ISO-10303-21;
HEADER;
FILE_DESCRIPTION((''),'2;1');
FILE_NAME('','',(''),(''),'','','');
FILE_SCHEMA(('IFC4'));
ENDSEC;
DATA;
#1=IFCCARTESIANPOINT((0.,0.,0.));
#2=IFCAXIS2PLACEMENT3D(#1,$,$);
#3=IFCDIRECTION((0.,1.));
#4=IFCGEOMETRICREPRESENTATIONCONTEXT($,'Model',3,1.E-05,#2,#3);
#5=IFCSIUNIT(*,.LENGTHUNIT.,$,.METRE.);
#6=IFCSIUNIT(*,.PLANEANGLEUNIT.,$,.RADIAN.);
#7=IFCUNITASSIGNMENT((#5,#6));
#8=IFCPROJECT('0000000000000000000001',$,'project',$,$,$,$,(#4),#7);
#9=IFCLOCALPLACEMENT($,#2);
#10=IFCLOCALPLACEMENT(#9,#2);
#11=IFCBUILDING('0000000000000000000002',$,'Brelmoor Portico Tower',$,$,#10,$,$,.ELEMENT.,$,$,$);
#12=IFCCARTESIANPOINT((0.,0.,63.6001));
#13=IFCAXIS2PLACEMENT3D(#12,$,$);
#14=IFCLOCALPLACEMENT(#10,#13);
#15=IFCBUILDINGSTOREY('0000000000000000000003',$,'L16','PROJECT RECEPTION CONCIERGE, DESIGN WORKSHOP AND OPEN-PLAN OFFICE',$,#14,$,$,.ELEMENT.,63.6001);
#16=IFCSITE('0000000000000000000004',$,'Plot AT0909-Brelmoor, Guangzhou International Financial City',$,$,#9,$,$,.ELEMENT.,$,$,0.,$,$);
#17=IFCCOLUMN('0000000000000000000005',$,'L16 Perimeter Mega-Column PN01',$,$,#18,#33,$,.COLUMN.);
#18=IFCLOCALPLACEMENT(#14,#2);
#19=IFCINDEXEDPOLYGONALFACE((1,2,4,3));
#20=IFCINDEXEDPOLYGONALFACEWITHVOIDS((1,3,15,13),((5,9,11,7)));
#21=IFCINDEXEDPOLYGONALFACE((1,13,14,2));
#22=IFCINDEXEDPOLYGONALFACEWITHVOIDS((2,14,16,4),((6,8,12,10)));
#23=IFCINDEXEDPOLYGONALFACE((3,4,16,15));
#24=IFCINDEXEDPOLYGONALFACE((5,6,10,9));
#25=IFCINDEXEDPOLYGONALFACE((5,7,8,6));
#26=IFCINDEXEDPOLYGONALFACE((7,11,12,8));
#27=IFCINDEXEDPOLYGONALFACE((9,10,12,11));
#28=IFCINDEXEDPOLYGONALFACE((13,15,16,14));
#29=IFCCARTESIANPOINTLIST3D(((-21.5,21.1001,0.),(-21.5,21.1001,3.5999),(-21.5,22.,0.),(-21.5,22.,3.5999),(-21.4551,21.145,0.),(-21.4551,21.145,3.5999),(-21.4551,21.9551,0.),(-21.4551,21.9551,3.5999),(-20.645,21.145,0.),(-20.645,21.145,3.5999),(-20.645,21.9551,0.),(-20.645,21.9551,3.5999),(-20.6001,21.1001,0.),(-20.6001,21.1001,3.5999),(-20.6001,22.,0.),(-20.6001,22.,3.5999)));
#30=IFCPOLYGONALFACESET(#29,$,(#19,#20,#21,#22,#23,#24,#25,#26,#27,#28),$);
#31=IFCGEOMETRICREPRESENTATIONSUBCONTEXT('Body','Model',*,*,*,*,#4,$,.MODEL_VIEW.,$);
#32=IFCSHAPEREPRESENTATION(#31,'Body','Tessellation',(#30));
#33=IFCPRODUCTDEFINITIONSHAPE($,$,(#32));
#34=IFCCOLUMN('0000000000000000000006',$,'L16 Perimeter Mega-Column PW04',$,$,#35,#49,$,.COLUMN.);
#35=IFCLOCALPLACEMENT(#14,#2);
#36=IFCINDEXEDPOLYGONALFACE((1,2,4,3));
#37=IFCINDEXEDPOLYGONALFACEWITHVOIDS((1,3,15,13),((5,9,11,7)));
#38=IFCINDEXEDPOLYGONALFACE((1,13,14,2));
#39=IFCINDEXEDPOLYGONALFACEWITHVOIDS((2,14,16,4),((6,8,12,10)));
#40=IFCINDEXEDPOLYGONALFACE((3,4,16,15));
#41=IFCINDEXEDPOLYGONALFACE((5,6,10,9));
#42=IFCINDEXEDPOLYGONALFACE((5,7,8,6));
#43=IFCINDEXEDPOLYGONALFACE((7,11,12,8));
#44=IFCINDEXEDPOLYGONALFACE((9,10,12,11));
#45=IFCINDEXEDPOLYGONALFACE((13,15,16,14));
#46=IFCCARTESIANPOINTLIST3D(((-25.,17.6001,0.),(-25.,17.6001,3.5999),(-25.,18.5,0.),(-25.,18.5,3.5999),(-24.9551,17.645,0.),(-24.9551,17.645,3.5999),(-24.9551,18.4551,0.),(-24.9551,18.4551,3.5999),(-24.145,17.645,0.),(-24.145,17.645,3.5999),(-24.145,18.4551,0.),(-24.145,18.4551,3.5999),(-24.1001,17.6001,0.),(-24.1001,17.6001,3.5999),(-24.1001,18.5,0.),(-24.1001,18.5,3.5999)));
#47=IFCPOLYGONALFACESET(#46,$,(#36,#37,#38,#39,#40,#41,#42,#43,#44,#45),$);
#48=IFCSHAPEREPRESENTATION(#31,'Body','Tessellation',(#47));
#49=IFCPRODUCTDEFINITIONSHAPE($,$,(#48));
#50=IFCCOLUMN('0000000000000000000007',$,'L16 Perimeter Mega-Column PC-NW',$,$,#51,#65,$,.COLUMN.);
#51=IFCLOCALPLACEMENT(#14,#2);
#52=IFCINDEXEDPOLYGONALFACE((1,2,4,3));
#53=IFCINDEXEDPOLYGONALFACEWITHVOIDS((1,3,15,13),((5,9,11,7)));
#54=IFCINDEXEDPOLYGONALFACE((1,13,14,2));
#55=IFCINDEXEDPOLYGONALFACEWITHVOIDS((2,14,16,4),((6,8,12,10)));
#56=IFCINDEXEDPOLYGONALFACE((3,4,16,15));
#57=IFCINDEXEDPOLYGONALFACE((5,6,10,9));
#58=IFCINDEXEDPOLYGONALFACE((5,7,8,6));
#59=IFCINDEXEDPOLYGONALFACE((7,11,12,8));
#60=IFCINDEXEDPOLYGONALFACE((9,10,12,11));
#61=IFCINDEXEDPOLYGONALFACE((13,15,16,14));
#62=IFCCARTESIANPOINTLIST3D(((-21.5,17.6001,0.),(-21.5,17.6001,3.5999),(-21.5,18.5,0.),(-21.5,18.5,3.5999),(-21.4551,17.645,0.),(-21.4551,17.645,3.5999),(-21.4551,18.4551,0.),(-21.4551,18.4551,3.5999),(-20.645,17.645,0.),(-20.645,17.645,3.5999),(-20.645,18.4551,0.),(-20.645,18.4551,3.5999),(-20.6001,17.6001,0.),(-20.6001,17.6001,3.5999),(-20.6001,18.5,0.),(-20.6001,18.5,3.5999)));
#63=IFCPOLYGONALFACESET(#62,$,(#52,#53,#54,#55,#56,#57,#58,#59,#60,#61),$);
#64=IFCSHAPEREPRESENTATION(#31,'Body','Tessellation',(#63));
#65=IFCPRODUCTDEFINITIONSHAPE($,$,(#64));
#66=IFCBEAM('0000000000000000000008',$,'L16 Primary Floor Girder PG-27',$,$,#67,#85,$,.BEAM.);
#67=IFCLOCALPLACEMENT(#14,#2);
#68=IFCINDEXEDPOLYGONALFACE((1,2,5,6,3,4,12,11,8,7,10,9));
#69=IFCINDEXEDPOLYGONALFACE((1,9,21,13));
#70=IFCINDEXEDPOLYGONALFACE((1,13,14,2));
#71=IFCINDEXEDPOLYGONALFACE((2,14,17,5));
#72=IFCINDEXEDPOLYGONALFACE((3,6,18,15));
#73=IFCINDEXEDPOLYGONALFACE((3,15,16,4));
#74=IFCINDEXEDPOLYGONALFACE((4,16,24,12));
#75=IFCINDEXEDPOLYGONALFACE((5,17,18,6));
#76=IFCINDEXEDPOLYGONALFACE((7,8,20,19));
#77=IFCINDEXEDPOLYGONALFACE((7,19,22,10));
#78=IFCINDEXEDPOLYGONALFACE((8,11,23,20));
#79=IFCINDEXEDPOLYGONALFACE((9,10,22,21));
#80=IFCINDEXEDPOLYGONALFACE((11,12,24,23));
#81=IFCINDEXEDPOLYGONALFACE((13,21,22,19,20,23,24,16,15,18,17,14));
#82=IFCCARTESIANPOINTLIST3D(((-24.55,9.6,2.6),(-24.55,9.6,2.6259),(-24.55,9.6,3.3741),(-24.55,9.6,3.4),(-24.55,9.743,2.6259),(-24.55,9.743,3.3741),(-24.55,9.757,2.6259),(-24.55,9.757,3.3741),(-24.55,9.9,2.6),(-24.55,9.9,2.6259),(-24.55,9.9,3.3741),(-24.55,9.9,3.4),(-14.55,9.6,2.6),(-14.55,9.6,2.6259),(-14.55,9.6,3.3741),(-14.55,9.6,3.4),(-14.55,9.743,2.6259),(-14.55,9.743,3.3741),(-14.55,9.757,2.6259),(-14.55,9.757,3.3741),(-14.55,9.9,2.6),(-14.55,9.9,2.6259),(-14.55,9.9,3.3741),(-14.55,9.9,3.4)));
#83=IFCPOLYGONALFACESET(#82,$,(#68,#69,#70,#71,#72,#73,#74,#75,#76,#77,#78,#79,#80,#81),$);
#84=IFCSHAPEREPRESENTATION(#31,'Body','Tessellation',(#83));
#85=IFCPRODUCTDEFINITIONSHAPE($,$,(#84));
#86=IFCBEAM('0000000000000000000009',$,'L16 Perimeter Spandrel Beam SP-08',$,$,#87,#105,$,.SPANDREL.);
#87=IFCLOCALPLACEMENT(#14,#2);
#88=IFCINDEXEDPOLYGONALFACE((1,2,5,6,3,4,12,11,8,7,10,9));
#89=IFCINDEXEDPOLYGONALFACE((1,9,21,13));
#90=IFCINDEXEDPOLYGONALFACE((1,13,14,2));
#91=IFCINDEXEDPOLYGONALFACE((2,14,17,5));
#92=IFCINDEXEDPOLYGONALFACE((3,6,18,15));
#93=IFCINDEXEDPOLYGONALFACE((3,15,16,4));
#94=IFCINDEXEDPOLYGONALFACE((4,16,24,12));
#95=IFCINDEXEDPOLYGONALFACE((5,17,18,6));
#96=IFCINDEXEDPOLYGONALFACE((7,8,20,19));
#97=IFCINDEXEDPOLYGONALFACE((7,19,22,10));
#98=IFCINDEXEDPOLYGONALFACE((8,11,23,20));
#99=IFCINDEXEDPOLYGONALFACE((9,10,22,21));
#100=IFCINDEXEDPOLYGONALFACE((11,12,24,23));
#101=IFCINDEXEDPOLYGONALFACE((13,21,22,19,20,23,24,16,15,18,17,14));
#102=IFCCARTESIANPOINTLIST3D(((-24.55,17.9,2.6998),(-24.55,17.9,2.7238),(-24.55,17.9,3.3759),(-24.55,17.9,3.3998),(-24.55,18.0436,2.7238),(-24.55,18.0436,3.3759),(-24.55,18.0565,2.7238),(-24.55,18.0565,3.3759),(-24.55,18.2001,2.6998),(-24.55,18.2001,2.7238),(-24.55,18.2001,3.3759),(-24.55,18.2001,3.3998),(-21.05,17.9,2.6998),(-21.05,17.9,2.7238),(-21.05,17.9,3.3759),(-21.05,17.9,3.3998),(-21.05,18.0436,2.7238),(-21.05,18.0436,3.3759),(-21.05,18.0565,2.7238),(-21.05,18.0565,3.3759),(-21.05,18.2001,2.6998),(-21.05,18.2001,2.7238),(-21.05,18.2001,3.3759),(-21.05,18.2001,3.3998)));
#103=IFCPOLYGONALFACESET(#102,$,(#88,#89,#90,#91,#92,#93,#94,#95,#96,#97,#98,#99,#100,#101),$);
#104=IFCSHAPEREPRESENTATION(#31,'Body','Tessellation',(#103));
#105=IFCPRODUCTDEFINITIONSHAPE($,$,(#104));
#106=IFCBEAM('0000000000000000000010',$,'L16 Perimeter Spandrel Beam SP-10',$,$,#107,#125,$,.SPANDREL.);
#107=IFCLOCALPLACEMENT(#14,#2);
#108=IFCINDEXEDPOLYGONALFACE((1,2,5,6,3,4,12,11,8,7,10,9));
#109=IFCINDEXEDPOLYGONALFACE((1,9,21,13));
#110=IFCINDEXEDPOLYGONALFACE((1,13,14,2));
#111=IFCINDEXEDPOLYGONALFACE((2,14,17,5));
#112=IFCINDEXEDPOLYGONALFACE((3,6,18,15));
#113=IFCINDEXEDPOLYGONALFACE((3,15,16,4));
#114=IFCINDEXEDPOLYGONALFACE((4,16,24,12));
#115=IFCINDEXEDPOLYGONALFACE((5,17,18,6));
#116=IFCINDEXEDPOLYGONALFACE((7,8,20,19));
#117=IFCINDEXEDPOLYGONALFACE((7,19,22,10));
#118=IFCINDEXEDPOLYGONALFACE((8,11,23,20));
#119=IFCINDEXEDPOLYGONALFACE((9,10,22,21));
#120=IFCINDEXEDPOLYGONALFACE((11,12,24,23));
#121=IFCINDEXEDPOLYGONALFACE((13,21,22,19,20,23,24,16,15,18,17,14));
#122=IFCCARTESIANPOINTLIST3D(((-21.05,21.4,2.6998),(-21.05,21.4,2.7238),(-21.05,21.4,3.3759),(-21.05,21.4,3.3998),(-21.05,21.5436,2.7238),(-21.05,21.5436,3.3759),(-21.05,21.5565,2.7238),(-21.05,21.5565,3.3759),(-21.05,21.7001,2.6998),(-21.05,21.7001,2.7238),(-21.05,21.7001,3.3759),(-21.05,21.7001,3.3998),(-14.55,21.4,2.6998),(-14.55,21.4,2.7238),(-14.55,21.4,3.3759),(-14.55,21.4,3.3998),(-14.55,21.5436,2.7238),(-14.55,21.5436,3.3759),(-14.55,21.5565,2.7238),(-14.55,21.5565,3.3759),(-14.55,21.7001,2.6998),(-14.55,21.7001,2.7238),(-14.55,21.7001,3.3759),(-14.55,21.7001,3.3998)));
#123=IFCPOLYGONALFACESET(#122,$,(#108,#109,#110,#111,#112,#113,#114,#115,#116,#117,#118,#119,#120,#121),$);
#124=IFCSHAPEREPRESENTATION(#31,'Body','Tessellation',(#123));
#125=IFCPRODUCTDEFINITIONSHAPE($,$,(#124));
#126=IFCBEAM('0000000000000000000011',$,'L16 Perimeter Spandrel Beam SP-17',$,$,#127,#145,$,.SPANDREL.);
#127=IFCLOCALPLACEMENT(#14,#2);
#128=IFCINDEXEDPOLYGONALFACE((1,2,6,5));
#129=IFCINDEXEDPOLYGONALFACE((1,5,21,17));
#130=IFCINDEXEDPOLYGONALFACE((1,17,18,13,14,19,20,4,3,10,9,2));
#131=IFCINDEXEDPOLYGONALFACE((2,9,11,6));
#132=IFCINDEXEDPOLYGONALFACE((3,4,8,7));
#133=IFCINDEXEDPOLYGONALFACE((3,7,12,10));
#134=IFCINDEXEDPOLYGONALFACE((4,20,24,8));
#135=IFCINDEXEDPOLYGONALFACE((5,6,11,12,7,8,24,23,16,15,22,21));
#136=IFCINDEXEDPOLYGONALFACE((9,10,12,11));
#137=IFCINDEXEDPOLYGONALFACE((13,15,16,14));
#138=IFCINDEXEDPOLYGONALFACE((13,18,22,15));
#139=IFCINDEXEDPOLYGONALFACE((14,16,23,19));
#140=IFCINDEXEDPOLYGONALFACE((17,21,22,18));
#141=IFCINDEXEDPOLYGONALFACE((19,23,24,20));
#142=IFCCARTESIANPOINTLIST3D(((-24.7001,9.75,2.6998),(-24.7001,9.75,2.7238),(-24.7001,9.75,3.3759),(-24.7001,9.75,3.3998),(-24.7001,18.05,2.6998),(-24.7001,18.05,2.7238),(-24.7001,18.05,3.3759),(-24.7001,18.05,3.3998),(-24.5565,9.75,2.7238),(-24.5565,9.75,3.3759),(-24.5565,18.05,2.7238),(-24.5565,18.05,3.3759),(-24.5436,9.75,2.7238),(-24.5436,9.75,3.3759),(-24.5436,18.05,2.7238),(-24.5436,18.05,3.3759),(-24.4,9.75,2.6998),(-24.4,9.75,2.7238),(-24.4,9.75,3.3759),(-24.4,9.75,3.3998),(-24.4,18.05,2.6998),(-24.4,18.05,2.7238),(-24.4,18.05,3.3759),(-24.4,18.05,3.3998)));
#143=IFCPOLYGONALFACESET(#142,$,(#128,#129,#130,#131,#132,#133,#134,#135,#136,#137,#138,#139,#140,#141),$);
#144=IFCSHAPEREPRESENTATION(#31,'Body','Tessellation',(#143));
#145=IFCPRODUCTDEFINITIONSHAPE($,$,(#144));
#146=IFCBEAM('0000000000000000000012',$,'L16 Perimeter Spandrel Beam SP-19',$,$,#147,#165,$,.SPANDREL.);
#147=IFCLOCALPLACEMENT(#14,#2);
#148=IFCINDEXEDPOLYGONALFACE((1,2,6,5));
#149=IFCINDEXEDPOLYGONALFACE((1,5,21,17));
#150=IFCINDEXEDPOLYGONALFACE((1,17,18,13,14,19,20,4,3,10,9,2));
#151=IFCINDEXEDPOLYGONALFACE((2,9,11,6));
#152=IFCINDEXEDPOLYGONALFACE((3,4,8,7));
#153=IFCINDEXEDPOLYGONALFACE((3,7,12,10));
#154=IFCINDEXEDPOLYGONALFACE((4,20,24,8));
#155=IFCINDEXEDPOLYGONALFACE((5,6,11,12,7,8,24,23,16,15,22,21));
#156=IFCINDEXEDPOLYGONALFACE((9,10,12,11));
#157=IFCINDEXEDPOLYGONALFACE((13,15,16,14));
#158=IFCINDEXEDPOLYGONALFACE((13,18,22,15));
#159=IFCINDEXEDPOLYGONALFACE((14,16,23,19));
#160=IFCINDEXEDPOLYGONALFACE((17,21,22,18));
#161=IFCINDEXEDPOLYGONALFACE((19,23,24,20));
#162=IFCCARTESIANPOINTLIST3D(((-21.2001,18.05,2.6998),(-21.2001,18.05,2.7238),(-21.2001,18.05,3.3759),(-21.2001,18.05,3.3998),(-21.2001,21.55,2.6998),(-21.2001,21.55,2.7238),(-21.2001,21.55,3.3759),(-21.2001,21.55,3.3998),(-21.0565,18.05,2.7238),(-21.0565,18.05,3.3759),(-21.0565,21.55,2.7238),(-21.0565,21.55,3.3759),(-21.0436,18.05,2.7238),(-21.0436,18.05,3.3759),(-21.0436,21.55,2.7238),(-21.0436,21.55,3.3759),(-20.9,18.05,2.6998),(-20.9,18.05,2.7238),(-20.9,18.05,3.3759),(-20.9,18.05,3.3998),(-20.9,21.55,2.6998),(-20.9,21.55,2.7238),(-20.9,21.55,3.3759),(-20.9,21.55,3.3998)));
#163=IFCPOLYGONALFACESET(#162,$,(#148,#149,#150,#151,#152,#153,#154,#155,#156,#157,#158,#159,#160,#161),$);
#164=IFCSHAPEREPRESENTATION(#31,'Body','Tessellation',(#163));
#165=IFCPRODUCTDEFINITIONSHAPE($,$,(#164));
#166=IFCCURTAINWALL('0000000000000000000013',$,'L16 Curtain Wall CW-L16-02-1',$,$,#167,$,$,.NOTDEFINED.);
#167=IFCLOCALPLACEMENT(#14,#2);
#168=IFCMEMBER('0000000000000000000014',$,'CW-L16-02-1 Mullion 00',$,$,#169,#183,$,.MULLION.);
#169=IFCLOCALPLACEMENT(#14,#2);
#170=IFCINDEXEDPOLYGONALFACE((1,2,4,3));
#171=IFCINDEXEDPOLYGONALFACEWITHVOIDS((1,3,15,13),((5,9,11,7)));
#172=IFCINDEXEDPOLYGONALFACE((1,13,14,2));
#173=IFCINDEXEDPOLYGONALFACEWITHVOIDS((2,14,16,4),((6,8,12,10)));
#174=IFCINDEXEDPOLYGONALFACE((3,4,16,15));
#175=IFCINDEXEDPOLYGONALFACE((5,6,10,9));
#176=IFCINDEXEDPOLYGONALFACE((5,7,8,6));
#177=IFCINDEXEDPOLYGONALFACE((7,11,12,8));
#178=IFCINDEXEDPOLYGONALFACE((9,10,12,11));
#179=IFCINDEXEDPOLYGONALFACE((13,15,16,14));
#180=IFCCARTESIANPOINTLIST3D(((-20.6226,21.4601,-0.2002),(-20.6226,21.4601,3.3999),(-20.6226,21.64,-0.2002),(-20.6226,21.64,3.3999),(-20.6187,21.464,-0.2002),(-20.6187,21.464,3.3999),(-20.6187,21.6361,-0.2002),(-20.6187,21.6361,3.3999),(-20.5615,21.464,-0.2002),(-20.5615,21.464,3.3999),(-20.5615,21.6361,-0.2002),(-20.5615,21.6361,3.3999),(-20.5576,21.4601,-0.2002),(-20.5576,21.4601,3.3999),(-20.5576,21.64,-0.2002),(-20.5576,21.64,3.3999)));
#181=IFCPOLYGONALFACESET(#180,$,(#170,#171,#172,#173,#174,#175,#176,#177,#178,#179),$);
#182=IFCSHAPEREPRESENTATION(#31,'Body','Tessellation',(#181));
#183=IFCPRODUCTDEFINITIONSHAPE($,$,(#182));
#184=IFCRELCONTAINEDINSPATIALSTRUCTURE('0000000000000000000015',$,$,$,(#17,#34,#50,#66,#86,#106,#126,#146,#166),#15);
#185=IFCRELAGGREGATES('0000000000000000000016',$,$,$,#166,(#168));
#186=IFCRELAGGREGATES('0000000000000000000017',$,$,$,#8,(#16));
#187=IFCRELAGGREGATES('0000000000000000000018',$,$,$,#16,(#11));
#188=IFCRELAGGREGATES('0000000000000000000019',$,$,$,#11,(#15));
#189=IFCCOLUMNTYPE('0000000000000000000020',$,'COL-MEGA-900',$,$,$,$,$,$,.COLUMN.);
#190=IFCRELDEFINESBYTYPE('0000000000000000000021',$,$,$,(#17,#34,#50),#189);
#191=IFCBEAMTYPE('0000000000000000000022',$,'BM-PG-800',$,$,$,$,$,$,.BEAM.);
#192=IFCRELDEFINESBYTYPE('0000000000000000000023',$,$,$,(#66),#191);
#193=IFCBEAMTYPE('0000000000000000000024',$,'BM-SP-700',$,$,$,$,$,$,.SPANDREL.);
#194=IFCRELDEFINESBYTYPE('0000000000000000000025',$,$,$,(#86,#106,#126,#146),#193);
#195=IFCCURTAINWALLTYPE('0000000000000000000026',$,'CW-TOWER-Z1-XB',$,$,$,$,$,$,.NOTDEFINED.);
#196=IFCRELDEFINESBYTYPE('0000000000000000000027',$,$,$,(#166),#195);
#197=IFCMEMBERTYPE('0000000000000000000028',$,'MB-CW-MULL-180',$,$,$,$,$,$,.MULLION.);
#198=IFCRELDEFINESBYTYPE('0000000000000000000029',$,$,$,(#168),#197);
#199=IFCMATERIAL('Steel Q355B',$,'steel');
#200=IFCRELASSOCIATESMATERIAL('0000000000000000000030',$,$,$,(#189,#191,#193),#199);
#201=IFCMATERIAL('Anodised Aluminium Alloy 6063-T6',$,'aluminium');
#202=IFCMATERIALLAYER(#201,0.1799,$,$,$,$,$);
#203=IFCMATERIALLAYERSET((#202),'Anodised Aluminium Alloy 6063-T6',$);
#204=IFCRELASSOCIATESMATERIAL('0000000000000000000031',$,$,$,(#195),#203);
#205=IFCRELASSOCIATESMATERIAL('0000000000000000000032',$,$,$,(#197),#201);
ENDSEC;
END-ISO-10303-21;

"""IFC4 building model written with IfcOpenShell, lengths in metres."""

from ifc_helpers import new_model, si_unit, direction, frame, origin, origin_2d, place, context, subcontext, project, spatial, hollow_rectangle, i_section, extrude, material, layer, layer_set, material_profile, profile_set, type_object, element, aggregate, save


model = new_model("IFC4")

# Units and contexts
model_context = context("Model", 3, precision=1e-05, world=origin(), true_north=direction((0.0, 1.0)))
body_context = subcontext(model_context, "Body", "Model", "MODEL_VIEW")
ifc_project = project(units=[si_unit("LENGTHUNIT", "METRE"), si_unit("PLANEANGLEUNIT", "RADIAN")], contexts=[model_context])

# Site, building, storey
site_placement = place(None, origin())
site = spatial("IfcSite", under=ifc_project, at=site_placement, Name="Plot AT0909-Brelmoor, Guangzhou International Financial City", CompositionType="ELEMENT", RefElevation=0.0)
building_placement = place(site_placement, origin())
building = spatial("IfcBuilding", under=site, at=building_placement, Name="Brelmoor Portico Tower", CompositionType="ELEMENT")
storey_placement = place(building_placement, frame((0.0, 0.0, 63.6001)))
storey = spatial("IfcBuildingStorey", under=building, at=storey_placement, Name="L16", Description="PROJECT RECEPTION CONCIERGE, DESIGN WORKSHOP AND OPEN-PLAN OFFICE", CompositionType="ELEMENT", Elevation=63.6001)

# Columns
ifc_material_1 = material(Name="Steel Q355B", Category="steel")
ifc_material_profile_1 = material_profile(ifc_material_1, hollow_rectangle(XDim=0.8999, YDim=0.8999, WallThickness=0.0449, at=origin_2d()), Name="BOX 900x900x45")
ifc_profile_set_1 = profile_set([ifc_material_profile_1], Name="Steel Q355B")
column_type = type_object("IfcColumnType", Name="COL-MEGA-900", PredefinedType="COLUMN", material=ifc_profile_set_1)
for number, where, z_axis, x_axis, name in (
    (1, (-21.05, 21.55, 0.0), (0.0, 0.0, 1.0), (1.0, 0.0, 0.0), "L16 Perimeter Mega-Column PN01"),
    (2, (-24.55, 18.05, 0.0), (0.0, 0.0, 1.0), (0.0, 1.0, 0.0), "L16 Perimeter Mega-Column PW04"),
    (3, (-21.05, 18.05, 0.0), (0.0, 0.0, 1.0), (1.0, 0.0, 0.0), "L16 Perimeter Mega-Column PC-NW"),
):
    element("IfcColumn", number, at=place(storey_placement, frame(where, z_axis=z_axis, x_axis=x_axis)), inside=storey, type_object=column_type, Name=name, PredefinedType="COLUMN", context=body_context, shape_type="SweptSolid", body=[
        extrude(hollow_rectangle(XDim=0.8999, YDim=0.8999, WallThickness=0.0449, at=origin_2d()), origin(), (0.0, 0.0, 1.0), 3.5999),
    ])

# Beams
ifc_material_profile_2 = material_profile(ifc_material_1, i_section(OverallWidth=0.3, OverallDepth=0.8, WebThickness=0.0139, FlangeThickness=0.0259, at=origin_2d()), Name="HN 800x300x14x26")
ifc_profile_set_2 = profile_set([ifc_material_profile_2], Name="Steel Q355B")
beam_type_1 = type_object("IfcBeamType", Name="BM-PG-800", PredefinedType="BEAM", material=ifc_profile_set_2)
beam_1_placement = place(storey_placement, frame((-24.55, 9.75, 3.0), z_axis=(1.0, 0.0, 0.0), x_axis=(0.0, 1.0, 0.0)))
element("IfcBeam", 4, at=beam_1_placement, inside=storey, type_object=beam_type_1, Name="L16 Primary Floor Girder PG-27", PredefinedType="BEAM", context=body_context, shape_type="SweptSolid", body=[
    extrude(i_section(OverallWidth=0.3, OverallDepth=0.8, WebThickness=0.0139, FlangeThickness=0.0259, at=origin_2d()), origin(), (0.0, 0.0, 1.0), 10.0),
])
ifc_material_profile_3 = material_profile(ifc_material_1, i_section(OverallWidth=0.3, OverallDepth=0.7, WebThickness=0.0129, FlangeThickness=0.0239, at=origin_2d()), Name="HN 700x300x13x24")
ifc_profile_set_3 = profile_set([ifc_material_profile_3], Name="Steel Q355B")
beam_type_2 = type_object("IfcBeamType", Name="BM-SP-700", PredefinedType="SPANDREL", material=ifc_profile_set_3)
beam_2_placement = place(storey_placement, frame((-24.55, 18.05, 3.0498), z_axis=(1.0, 0.0, 0.0), x_axis=(0.0, 1.0, 0.0)))
element("IfcBeam", 5, at=beam_2_placement, inside=storey, type_object=beam_type_2, Name="L16 Perimeter Spandrel Beam SP-08", PredefinedType="SPANDREL", context=body_context, shape_type="SweptSolid", body=[
    extrude(i_section(OverallWidth=0.3, OverallDepth=0.7, WebThickness=0.0129, FlangeThickness=0.0239, at=origin_2d()), origin(), (0.0, 0.0, 1.0), 3.5),
])
beam_3_placement = place(storey_placement, frame((-21.05, 21.55, 3.0498), z_axis=(1.0, 0.0, 0.0), x_axis=(0.0, 1.0, 0.0)))
element("IfcBeam", 6, at=beam_3_placement, inside=storey, type_object=beam_type_2, Name="L16 Perimeter Spandrel Beam SP-10", PredefinedType="SPANDREL", context=body_context, shape_type="SweptSolid", body=[
    extrude(i_section(OverallWidth=0.3, OverallDepth=0.7, WebThickness=0.0129, FlangeThickness=0.0239, at=origin_2d()), origin(), (0.0, 0.0, 1.0), 6.5),
])
beam_4_placement = place(storey_placement, frame((-24.55, 9.75, 3.0498), z_axis=(0.0, 1.0, 0.0), x_axis=(-1.0, 0.0, 0.0)))
element("IfcBeam", 7, at=beam_4_placement, inside=storey, type_object=beam_type_2, Name="L16 Perimeter Spandrel Beam SP-17", PredefinedType="SPANDREL", context=body_context, shape_type="SweptSolid", body=[
    extrude(i_section(OverallWidth=0.3, OverallDepth=0.7, WebThickness=0.0129, FlangeThickness=0.0239, at=origin_2d()), origin(), (0.0, 0.0, 1.0), 8.3),
])
beam_5_placement = place(storey_placement, frame((-21.05, 18.05, 3.0498), z_axis=(0.0, 1.0, 0.0), x_axis=(-1.0, 0.0, 0.0)))
element("IfcBeam", 8, at=beam_5_placement, inside=storey, type_object=beam_type_2, Name="L16 Perimeter Spandrel Beam SP-19", PredefinedType="SPANDREL", context=body_context, shape_type="SweptSolid", body=[
    extrude(i_section(OverallWidth=0.3, OverallDepth=0.7, WebThickness=0.0129, FlangeThickness=0.0239, at=origin_2d()), origin(), (0.0, 0.0, 1.0), 3.5),
])

# Curtain wall, member
ifc_material_2 = material(Name="Anodised Aluminium Alloy 6063-T6", Category="aluminium")
ifc_layer_1 = layer(ifc_material_2, 0.1799)
ifc_layer_set_1 = layer_set([ifc_layer_1], Name="Anodised Aluminium Alloy 6063-T6")
curtain_wall_type = type_object("IfcCurtainWallType", Name="CW-TOWER-Z1-XB", PredefinedType="NOTDEFINED", material=ifc_layer_set_1)
curtain_wall_1_placement = place(storey_placement, origin())
curtain_wall_1 = element("IfcCurtainWall", 9, at=curtain_wall_1_placement, inside=storey, type_object=curtain_wall_type, Name="L16 Curtain Wall CW-L16-02-1", PredefinedType="NOTDEFINED")
ifc_material_profile_4 = material_profile(ifc_material_2, hollow_rectangle(XDim=0.0649, YDim=0.1799, WallThickness=0.0039, at=origin_2d()), Name="ALU MULLION 65x180")
ifc_profile_set_4 = profile_set([ifc_material_profile_4], Name="Anodised Aluminium Alloy 6063-T6")
member_type_1 = type_object("IfcMemberType", Name="MB-CW-MULL-180", PredefinedType="MULLION", material=ifc_profile_set_4)
member_1_placement = place(storey_placement, frame((-20.5901, 21.55, -0.2002), z_axis=(0.0, 0.0, 1.0), x_axis=(1.0, 0.0, 0.0)))
member_1 = element("IfcMember", 10, at=member_1_placement, type_object=member_type_1, Name="CW-L16-02-1 Mullion 00", PredefinedType="MULLION", context=body_context, shape_type="SweptSolid", body=[
    extrude(hollow_rectangle(XDim=0.0649, YDim=0.1799, WallThickness=0.0039, at=origin_2d()), origin(), (0.0, 0.0, 1.0), 3.6001),
])

aggregate(curtain_wall_1, [member_1])

save(model, "model.ifc")
